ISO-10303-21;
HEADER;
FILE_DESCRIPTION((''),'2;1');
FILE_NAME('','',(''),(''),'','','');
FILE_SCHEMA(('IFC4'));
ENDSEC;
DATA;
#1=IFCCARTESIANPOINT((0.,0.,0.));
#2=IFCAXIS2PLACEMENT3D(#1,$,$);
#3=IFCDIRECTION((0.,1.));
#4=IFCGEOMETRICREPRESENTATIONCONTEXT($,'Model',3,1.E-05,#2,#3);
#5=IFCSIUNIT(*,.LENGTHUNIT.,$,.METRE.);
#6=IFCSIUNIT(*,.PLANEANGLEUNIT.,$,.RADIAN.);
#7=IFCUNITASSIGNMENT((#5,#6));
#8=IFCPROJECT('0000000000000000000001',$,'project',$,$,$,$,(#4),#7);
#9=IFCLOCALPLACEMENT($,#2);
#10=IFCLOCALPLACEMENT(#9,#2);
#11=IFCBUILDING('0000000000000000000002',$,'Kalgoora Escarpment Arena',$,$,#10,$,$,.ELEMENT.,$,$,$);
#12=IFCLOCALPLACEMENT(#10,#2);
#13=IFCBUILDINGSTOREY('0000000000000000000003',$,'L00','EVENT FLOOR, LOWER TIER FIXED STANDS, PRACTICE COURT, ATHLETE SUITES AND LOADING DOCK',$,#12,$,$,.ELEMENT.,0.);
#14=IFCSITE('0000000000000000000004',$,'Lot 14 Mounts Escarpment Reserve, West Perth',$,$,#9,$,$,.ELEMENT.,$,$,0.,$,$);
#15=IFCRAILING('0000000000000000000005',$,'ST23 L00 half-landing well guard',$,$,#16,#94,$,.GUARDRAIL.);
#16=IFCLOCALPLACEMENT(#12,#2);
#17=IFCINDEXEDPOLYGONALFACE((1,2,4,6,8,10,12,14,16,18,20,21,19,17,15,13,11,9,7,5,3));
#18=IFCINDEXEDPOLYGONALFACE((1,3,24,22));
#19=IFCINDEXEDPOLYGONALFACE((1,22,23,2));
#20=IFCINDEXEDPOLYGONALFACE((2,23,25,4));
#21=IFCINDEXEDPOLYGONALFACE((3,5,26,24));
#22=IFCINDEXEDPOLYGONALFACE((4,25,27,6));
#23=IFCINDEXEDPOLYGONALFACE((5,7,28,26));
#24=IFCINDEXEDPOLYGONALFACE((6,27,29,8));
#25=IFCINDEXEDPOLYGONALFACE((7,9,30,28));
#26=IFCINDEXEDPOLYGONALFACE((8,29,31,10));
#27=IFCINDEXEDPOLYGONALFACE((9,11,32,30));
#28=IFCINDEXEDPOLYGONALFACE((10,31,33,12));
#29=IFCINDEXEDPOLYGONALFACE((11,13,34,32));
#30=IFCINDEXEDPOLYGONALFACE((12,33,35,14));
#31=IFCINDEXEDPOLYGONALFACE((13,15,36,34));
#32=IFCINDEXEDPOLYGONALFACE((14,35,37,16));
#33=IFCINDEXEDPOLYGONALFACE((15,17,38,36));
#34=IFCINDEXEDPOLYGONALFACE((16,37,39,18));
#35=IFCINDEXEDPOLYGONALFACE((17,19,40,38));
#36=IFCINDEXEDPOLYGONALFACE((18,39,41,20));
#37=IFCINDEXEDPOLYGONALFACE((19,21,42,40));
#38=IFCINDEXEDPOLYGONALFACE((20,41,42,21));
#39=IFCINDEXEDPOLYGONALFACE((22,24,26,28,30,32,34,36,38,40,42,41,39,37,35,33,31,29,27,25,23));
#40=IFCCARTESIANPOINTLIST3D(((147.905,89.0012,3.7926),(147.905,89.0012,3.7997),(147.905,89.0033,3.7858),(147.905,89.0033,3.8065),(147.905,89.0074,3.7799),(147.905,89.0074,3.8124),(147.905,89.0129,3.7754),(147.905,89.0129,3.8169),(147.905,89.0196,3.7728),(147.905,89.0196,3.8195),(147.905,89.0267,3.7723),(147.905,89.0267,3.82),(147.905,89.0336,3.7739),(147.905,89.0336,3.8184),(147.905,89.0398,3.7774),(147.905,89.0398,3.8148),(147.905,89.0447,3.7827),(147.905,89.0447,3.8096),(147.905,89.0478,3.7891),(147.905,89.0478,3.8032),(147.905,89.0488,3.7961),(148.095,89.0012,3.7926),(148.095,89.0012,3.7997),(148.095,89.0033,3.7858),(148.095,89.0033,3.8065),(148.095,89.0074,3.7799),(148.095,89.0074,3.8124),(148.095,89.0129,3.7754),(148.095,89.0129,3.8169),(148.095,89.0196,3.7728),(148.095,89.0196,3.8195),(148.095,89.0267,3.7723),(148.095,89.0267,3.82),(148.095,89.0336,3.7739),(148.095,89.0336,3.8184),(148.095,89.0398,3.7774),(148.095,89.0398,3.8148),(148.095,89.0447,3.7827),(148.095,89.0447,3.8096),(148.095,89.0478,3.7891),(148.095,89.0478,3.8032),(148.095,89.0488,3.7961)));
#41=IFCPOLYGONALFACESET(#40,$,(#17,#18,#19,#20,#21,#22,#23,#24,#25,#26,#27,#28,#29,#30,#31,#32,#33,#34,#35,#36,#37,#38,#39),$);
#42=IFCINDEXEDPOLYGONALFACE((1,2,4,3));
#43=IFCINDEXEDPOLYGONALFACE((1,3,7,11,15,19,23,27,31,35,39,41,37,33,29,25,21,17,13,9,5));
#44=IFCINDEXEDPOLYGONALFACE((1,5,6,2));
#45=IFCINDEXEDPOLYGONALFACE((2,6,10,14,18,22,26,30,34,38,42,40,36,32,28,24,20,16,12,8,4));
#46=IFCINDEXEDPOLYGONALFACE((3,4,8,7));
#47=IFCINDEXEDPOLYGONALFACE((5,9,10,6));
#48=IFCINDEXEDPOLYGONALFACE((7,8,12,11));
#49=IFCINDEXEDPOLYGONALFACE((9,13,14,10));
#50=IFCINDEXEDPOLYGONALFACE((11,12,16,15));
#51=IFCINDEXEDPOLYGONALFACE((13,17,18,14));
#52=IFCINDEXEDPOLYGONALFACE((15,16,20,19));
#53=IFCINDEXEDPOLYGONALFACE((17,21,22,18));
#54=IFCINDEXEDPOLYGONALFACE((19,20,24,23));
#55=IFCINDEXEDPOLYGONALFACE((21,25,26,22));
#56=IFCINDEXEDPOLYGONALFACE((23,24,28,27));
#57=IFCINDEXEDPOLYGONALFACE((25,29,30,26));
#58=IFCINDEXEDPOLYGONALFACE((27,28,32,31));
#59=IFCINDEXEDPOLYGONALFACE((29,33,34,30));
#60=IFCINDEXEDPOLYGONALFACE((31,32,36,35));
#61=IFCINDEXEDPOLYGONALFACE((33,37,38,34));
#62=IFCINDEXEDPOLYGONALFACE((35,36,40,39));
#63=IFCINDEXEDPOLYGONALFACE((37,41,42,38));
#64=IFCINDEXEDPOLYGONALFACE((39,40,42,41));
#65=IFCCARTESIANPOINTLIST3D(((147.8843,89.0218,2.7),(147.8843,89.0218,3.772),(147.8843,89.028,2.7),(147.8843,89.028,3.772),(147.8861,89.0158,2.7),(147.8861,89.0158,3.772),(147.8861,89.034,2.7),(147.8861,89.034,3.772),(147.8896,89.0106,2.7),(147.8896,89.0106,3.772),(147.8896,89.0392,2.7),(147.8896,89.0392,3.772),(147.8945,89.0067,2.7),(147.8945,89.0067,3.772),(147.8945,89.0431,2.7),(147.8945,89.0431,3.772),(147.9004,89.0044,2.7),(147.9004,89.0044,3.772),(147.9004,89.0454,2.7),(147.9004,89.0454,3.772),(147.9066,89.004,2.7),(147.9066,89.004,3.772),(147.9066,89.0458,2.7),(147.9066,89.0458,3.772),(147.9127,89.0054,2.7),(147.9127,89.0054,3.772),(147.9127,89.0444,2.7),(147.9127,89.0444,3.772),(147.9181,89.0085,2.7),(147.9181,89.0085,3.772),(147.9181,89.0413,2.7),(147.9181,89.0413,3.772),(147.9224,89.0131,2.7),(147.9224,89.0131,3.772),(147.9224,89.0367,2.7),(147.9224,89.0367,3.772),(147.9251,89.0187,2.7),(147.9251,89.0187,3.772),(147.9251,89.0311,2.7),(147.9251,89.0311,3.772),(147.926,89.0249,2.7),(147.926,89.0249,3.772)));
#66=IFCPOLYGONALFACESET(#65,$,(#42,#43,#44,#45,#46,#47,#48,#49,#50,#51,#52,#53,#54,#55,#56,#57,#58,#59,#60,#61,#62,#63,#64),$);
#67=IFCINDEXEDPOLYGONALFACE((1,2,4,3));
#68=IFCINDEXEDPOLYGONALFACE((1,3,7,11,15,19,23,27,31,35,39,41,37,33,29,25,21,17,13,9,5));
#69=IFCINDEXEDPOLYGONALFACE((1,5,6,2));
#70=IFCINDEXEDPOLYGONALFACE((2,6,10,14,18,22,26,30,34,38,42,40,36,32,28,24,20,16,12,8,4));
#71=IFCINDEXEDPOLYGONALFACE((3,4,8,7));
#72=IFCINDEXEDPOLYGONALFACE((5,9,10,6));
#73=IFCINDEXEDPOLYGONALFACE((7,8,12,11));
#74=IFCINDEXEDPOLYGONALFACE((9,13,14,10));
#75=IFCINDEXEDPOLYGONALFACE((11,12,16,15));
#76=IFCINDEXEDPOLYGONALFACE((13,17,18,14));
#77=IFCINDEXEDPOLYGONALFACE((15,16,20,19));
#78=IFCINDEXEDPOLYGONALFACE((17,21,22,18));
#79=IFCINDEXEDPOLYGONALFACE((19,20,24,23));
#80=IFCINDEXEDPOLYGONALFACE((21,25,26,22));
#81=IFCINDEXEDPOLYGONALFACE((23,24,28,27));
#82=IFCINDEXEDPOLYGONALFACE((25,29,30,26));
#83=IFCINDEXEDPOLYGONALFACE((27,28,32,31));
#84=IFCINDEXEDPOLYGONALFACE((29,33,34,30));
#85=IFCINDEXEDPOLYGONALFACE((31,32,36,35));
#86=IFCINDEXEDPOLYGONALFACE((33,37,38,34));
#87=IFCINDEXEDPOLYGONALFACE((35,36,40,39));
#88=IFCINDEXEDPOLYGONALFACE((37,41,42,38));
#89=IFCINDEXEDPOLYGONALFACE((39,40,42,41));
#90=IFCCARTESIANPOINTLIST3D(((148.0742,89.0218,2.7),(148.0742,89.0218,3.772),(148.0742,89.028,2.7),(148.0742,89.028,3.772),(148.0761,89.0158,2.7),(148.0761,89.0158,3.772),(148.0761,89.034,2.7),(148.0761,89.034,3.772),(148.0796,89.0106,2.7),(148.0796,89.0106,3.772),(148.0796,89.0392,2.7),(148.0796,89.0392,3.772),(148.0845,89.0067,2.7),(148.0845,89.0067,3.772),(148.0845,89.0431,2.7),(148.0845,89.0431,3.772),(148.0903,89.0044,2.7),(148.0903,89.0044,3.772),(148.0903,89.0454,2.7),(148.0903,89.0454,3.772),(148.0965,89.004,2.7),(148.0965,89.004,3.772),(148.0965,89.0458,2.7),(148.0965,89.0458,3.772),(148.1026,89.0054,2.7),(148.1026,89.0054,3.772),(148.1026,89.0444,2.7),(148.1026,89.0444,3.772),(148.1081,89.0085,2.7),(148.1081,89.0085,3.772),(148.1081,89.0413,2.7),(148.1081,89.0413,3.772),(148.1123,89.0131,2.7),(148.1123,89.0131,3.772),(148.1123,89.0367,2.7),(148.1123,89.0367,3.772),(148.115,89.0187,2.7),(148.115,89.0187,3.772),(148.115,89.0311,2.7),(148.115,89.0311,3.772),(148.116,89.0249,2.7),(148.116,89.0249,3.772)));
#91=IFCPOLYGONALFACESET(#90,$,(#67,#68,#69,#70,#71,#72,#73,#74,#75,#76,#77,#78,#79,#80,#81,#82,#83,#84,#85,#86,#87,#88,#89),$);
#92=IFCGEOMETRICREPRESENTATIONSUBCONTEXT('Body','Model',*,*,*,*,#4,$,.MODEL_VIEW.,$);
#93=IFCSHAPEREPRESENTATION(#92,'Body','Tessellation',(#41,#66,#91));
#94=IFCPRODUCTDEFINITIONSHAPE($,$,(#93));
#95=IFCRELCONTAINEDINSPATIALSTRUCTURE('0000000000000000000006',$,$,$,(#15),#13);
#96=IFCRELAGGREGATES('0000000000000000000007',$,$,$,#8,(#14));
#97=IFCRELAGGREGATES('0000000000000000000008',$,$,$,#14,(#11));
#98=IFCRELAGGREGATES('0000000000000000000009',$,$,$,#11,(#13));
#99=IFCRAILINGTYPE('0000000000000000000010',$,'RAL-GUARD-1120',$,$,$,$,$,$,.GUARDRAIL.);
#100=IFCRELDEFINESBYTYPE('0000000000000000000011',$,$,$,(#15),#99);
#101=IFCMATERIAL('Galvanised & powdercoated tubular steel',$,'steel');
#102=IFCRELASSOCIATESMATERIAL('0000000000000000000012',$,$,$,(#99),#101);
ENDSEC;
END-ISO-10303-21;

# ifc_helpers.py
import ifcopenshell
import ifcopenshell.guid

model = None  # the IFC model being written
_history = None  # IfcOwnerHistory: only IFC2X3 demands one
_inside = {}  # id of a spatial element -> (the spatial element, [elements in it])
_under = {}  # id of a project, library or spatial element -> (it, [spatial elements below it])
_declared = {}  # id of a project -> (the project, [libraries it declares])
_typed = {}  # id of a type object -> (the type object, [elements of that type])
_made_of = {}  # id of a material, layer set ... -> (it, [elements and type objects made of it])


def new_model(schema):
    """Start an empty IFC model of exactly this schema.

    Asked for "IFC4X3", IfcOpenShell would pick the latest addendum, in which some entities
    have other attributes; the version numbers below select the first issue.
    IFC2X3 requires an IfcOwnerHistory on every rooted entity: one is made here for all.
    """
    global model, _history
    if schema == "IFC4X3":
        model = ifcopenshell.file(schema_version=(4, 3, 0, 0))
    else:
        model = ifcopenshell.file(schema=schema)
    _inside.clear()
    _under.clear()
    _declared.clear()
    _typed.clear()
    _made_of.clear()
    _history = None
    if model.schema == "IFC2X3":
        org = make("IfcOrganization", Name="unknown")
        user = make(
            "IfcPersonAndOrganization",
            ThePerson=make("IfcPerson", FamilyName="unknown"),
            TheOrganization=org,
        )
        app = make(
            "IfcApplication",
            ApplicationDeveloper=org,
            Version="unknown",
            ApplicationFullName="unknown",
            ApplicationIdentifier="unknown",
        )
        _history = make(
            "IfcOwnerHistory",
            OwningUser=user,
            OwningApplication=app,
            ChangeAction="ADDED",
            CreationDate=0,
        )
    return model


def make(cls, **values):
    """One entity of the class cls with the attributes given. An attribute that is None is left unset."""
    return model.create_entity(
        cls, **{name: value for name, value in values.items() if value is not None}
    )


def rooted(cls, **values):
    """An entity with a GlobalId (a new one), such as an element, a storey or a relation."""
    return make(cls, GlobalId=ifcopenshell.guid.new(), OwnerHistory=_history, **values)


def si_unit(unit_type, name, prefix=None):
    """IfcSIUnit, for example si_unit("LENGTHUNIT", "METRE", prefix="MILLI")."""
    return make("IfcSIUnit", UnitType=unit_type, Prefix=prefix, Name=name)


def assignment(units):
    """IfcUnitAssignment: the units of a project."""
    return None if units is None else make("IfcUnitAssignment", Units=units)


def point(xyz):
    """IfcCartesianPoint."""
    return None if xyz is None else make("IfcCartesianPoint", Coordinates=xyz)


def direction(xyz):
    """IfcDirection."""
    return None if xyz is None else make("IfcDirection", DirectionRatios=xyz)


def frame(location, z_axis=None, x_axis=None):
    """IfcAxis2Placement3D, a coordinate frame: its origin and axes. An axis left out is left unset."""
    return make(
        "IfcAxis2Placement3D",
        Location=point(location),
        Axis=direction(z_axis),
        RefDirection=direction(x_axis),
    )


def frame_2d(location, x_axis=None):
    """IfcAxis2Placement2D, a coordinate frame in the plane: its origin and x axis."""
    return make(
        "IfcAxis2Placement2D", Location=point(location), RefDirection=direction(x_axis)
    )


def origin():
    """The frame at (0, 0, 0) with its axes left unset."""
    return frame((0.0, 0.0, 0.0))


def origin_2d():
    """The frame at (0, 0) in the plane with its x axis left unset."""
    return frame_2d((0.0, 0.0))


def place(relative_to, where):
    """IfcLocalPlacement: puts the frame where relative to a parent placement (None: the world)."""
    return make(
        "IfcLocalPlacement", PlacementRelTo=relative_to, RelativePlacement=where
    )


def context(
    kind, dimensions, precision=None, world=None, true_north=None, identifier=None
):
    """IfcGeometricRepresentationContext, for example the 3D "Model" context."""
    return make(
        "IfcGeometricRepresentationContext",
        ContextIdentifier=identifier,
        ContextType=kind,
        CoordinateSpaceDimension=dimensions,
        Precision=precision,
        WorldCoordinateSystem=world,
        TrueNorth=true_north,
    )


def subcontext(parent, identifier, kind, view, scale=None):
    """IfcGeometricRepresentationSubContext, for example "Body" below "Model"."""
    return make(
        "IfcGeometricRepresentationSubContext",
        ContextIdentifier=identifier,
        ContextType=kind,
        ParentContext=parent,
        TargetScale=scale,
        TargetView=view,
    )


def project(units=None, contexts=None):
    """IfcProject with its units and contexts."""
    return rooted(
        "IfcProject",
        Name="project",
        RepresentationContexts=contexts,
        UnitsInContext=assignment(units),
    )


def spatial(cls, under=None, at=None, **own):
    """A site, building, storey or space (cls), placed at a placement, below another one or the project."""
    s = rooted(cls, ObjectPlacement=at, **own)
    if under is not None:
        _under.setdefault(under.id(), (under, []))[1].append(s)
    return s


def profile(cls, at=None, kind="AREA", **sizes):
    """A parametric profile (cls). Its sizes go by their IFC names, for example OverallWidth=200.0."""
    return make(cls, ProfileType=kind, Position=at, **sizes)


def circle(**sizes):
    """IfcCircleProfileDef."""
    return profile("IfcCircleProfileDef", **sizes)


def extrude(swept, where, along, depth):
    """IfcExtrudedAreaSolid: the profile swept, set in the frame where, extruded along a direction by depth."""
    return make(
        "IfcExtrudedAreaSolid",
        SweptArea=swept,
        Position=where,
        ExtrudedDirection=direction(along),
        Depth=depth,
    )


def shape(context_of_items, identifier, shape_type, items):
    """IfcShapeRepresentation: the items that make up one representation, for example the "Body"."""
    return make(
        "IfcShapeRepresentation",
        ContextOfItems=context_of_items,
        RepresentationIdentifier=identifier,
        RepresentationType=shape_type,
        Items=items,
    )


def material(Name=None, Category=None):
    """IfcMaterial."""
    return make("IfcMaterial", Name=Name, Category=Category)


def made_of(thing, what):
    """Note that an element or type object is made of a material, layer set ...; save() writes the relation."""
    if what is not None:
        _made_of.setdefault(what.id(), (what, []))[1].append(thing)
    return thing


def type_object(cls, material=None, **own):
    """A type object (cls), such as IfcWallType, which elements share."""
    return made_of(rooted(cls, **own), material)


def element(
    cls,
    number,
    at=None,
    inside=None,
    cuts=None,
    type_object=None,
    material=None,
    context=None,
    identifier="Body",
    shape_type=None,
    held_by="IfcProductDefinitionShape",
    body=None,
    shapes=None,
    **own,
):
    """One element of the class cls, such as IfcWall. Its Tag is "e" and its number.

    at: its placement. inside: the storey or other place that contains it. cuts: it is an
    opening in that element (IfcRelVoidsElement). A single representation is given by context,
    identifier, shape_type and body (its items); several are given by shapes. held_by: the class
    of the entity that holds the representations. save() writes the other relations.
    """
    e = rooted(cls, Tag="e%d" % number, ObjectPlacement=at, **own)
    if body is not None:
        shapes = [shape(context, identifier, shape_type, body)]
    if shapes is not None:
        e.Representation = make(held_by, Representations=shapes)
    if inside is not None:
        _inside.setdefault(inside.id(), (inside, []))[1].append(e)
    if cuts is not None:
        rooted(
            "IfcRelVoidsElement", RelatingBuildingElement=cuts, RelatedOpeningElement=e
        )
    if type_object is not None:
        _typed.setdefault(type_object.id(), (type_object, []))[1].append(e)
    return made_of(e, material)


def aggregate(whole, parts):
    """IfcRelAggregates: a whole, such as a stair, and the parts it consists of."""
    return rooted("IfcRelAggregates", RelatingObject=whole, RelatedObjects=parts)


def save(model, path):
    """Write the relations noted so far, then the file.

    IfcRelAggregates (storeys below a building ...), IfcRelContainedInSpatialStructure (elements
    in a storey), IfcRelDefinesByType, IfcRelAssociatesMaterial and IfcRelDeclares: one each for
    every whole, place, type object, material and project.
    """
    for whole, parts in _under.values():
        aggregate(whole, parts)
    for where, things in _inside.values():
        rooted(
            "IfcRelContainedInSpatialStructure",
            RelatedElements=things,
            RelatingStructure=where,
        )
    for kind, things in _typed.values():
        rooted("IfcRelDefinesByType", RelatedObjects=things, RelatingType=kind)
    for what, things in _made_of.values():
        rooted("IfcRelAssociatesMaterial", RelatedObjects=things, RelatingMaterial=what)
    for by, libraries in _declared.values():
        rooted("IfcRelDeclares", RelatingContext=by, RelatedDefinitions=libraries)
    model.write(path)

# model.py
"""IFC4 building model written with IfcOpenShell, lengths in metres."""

from ifc_helpers import new_model, si_unit, direction, frame, origin, origin_2d, place, context, subcontext, project, spatial, circle, extrude, material, type_object, element, save


model = new_model("IFC4")

# Units and contexts
model_context = context("Model", 3, precision=1e-05, world=origin(), true_north=direction((0.0, 1.0)))
body_context = subcontext(model_context, "Body", "Model", "MODEL_VIEW")
ifc_project = project(units=[si_unit("LENGTHUNIT", "METRE"), si_unit("PLANEANGLEUNIT", "RADIAN")], contexts=[model_context])

# Site, building, storey
site_placement = place(None, origin())
site = spatial("IfcSite", under=ifc_project, at=site_placement, Name="Lot 14 Mounts Escarpment Reserve, West Perth", CompositionType="ELEMENT", RefElevation=0.0)
building_placement = place(site_placement, origin())
building = spatial("IfcBuilding", under=site, at=building_placement, Name="Kalgoora Escarpment Arena", CompositionType="ELEMENT")
storey_placement = place(building_placement, origin())
storey = spatial("IfcBuildingStorey", under=building, at=storey_placement, Name="L00", Description="EVENT FLOOR, LOWER TIER FIXED STANDS, PRACTICE COURT, ATHLETE SUITES AND LOADING DOCK", CompositionType="ELEMENT", Elevation=0.0)

# Railing
ifc_material_1 = material(Name="Galvanised & powdercoated tubular steel", Category="steel")
railing_type_1 = type_object("IfcRailingType", Name="RAL-GUARD-1120", PredefinedType="GUARDRAIL", material=ifc_material_1)
railing_1_placement = place(storey_placement, frame((147.905, 89.0249, 2.7)))
element("IfcRailing", 1, at=railing_1_placement, inside=storey, type_object=railing_type_1, Name="ST23 L00 half-landing well guard", PredefinedType="GUARDRAIL", context=body_context, shape_type="SweptSolid", body=[
    extrude(circle(Radius=0.0239, at=origin_2d()), frame((0.0, 0.0, 1.0962), z_axis=(1.0, 0.0, 0.0), x_axis=(0.0, 1.0, 0.0)), (0.0, 0.0, 1.0), 0.1899),
    extrude(circle(Radius=0.021, at=origin_2d()), origin(), (0.0, 0.0, 1.0), 1.072),
    extrude(circle(Radius=0.021, at=origin_2d()), frame((0.1899, 0.0, 0.0)), (0.0, 0.0, 1.0), 1.072),
])

save(model, "model.ifc")
